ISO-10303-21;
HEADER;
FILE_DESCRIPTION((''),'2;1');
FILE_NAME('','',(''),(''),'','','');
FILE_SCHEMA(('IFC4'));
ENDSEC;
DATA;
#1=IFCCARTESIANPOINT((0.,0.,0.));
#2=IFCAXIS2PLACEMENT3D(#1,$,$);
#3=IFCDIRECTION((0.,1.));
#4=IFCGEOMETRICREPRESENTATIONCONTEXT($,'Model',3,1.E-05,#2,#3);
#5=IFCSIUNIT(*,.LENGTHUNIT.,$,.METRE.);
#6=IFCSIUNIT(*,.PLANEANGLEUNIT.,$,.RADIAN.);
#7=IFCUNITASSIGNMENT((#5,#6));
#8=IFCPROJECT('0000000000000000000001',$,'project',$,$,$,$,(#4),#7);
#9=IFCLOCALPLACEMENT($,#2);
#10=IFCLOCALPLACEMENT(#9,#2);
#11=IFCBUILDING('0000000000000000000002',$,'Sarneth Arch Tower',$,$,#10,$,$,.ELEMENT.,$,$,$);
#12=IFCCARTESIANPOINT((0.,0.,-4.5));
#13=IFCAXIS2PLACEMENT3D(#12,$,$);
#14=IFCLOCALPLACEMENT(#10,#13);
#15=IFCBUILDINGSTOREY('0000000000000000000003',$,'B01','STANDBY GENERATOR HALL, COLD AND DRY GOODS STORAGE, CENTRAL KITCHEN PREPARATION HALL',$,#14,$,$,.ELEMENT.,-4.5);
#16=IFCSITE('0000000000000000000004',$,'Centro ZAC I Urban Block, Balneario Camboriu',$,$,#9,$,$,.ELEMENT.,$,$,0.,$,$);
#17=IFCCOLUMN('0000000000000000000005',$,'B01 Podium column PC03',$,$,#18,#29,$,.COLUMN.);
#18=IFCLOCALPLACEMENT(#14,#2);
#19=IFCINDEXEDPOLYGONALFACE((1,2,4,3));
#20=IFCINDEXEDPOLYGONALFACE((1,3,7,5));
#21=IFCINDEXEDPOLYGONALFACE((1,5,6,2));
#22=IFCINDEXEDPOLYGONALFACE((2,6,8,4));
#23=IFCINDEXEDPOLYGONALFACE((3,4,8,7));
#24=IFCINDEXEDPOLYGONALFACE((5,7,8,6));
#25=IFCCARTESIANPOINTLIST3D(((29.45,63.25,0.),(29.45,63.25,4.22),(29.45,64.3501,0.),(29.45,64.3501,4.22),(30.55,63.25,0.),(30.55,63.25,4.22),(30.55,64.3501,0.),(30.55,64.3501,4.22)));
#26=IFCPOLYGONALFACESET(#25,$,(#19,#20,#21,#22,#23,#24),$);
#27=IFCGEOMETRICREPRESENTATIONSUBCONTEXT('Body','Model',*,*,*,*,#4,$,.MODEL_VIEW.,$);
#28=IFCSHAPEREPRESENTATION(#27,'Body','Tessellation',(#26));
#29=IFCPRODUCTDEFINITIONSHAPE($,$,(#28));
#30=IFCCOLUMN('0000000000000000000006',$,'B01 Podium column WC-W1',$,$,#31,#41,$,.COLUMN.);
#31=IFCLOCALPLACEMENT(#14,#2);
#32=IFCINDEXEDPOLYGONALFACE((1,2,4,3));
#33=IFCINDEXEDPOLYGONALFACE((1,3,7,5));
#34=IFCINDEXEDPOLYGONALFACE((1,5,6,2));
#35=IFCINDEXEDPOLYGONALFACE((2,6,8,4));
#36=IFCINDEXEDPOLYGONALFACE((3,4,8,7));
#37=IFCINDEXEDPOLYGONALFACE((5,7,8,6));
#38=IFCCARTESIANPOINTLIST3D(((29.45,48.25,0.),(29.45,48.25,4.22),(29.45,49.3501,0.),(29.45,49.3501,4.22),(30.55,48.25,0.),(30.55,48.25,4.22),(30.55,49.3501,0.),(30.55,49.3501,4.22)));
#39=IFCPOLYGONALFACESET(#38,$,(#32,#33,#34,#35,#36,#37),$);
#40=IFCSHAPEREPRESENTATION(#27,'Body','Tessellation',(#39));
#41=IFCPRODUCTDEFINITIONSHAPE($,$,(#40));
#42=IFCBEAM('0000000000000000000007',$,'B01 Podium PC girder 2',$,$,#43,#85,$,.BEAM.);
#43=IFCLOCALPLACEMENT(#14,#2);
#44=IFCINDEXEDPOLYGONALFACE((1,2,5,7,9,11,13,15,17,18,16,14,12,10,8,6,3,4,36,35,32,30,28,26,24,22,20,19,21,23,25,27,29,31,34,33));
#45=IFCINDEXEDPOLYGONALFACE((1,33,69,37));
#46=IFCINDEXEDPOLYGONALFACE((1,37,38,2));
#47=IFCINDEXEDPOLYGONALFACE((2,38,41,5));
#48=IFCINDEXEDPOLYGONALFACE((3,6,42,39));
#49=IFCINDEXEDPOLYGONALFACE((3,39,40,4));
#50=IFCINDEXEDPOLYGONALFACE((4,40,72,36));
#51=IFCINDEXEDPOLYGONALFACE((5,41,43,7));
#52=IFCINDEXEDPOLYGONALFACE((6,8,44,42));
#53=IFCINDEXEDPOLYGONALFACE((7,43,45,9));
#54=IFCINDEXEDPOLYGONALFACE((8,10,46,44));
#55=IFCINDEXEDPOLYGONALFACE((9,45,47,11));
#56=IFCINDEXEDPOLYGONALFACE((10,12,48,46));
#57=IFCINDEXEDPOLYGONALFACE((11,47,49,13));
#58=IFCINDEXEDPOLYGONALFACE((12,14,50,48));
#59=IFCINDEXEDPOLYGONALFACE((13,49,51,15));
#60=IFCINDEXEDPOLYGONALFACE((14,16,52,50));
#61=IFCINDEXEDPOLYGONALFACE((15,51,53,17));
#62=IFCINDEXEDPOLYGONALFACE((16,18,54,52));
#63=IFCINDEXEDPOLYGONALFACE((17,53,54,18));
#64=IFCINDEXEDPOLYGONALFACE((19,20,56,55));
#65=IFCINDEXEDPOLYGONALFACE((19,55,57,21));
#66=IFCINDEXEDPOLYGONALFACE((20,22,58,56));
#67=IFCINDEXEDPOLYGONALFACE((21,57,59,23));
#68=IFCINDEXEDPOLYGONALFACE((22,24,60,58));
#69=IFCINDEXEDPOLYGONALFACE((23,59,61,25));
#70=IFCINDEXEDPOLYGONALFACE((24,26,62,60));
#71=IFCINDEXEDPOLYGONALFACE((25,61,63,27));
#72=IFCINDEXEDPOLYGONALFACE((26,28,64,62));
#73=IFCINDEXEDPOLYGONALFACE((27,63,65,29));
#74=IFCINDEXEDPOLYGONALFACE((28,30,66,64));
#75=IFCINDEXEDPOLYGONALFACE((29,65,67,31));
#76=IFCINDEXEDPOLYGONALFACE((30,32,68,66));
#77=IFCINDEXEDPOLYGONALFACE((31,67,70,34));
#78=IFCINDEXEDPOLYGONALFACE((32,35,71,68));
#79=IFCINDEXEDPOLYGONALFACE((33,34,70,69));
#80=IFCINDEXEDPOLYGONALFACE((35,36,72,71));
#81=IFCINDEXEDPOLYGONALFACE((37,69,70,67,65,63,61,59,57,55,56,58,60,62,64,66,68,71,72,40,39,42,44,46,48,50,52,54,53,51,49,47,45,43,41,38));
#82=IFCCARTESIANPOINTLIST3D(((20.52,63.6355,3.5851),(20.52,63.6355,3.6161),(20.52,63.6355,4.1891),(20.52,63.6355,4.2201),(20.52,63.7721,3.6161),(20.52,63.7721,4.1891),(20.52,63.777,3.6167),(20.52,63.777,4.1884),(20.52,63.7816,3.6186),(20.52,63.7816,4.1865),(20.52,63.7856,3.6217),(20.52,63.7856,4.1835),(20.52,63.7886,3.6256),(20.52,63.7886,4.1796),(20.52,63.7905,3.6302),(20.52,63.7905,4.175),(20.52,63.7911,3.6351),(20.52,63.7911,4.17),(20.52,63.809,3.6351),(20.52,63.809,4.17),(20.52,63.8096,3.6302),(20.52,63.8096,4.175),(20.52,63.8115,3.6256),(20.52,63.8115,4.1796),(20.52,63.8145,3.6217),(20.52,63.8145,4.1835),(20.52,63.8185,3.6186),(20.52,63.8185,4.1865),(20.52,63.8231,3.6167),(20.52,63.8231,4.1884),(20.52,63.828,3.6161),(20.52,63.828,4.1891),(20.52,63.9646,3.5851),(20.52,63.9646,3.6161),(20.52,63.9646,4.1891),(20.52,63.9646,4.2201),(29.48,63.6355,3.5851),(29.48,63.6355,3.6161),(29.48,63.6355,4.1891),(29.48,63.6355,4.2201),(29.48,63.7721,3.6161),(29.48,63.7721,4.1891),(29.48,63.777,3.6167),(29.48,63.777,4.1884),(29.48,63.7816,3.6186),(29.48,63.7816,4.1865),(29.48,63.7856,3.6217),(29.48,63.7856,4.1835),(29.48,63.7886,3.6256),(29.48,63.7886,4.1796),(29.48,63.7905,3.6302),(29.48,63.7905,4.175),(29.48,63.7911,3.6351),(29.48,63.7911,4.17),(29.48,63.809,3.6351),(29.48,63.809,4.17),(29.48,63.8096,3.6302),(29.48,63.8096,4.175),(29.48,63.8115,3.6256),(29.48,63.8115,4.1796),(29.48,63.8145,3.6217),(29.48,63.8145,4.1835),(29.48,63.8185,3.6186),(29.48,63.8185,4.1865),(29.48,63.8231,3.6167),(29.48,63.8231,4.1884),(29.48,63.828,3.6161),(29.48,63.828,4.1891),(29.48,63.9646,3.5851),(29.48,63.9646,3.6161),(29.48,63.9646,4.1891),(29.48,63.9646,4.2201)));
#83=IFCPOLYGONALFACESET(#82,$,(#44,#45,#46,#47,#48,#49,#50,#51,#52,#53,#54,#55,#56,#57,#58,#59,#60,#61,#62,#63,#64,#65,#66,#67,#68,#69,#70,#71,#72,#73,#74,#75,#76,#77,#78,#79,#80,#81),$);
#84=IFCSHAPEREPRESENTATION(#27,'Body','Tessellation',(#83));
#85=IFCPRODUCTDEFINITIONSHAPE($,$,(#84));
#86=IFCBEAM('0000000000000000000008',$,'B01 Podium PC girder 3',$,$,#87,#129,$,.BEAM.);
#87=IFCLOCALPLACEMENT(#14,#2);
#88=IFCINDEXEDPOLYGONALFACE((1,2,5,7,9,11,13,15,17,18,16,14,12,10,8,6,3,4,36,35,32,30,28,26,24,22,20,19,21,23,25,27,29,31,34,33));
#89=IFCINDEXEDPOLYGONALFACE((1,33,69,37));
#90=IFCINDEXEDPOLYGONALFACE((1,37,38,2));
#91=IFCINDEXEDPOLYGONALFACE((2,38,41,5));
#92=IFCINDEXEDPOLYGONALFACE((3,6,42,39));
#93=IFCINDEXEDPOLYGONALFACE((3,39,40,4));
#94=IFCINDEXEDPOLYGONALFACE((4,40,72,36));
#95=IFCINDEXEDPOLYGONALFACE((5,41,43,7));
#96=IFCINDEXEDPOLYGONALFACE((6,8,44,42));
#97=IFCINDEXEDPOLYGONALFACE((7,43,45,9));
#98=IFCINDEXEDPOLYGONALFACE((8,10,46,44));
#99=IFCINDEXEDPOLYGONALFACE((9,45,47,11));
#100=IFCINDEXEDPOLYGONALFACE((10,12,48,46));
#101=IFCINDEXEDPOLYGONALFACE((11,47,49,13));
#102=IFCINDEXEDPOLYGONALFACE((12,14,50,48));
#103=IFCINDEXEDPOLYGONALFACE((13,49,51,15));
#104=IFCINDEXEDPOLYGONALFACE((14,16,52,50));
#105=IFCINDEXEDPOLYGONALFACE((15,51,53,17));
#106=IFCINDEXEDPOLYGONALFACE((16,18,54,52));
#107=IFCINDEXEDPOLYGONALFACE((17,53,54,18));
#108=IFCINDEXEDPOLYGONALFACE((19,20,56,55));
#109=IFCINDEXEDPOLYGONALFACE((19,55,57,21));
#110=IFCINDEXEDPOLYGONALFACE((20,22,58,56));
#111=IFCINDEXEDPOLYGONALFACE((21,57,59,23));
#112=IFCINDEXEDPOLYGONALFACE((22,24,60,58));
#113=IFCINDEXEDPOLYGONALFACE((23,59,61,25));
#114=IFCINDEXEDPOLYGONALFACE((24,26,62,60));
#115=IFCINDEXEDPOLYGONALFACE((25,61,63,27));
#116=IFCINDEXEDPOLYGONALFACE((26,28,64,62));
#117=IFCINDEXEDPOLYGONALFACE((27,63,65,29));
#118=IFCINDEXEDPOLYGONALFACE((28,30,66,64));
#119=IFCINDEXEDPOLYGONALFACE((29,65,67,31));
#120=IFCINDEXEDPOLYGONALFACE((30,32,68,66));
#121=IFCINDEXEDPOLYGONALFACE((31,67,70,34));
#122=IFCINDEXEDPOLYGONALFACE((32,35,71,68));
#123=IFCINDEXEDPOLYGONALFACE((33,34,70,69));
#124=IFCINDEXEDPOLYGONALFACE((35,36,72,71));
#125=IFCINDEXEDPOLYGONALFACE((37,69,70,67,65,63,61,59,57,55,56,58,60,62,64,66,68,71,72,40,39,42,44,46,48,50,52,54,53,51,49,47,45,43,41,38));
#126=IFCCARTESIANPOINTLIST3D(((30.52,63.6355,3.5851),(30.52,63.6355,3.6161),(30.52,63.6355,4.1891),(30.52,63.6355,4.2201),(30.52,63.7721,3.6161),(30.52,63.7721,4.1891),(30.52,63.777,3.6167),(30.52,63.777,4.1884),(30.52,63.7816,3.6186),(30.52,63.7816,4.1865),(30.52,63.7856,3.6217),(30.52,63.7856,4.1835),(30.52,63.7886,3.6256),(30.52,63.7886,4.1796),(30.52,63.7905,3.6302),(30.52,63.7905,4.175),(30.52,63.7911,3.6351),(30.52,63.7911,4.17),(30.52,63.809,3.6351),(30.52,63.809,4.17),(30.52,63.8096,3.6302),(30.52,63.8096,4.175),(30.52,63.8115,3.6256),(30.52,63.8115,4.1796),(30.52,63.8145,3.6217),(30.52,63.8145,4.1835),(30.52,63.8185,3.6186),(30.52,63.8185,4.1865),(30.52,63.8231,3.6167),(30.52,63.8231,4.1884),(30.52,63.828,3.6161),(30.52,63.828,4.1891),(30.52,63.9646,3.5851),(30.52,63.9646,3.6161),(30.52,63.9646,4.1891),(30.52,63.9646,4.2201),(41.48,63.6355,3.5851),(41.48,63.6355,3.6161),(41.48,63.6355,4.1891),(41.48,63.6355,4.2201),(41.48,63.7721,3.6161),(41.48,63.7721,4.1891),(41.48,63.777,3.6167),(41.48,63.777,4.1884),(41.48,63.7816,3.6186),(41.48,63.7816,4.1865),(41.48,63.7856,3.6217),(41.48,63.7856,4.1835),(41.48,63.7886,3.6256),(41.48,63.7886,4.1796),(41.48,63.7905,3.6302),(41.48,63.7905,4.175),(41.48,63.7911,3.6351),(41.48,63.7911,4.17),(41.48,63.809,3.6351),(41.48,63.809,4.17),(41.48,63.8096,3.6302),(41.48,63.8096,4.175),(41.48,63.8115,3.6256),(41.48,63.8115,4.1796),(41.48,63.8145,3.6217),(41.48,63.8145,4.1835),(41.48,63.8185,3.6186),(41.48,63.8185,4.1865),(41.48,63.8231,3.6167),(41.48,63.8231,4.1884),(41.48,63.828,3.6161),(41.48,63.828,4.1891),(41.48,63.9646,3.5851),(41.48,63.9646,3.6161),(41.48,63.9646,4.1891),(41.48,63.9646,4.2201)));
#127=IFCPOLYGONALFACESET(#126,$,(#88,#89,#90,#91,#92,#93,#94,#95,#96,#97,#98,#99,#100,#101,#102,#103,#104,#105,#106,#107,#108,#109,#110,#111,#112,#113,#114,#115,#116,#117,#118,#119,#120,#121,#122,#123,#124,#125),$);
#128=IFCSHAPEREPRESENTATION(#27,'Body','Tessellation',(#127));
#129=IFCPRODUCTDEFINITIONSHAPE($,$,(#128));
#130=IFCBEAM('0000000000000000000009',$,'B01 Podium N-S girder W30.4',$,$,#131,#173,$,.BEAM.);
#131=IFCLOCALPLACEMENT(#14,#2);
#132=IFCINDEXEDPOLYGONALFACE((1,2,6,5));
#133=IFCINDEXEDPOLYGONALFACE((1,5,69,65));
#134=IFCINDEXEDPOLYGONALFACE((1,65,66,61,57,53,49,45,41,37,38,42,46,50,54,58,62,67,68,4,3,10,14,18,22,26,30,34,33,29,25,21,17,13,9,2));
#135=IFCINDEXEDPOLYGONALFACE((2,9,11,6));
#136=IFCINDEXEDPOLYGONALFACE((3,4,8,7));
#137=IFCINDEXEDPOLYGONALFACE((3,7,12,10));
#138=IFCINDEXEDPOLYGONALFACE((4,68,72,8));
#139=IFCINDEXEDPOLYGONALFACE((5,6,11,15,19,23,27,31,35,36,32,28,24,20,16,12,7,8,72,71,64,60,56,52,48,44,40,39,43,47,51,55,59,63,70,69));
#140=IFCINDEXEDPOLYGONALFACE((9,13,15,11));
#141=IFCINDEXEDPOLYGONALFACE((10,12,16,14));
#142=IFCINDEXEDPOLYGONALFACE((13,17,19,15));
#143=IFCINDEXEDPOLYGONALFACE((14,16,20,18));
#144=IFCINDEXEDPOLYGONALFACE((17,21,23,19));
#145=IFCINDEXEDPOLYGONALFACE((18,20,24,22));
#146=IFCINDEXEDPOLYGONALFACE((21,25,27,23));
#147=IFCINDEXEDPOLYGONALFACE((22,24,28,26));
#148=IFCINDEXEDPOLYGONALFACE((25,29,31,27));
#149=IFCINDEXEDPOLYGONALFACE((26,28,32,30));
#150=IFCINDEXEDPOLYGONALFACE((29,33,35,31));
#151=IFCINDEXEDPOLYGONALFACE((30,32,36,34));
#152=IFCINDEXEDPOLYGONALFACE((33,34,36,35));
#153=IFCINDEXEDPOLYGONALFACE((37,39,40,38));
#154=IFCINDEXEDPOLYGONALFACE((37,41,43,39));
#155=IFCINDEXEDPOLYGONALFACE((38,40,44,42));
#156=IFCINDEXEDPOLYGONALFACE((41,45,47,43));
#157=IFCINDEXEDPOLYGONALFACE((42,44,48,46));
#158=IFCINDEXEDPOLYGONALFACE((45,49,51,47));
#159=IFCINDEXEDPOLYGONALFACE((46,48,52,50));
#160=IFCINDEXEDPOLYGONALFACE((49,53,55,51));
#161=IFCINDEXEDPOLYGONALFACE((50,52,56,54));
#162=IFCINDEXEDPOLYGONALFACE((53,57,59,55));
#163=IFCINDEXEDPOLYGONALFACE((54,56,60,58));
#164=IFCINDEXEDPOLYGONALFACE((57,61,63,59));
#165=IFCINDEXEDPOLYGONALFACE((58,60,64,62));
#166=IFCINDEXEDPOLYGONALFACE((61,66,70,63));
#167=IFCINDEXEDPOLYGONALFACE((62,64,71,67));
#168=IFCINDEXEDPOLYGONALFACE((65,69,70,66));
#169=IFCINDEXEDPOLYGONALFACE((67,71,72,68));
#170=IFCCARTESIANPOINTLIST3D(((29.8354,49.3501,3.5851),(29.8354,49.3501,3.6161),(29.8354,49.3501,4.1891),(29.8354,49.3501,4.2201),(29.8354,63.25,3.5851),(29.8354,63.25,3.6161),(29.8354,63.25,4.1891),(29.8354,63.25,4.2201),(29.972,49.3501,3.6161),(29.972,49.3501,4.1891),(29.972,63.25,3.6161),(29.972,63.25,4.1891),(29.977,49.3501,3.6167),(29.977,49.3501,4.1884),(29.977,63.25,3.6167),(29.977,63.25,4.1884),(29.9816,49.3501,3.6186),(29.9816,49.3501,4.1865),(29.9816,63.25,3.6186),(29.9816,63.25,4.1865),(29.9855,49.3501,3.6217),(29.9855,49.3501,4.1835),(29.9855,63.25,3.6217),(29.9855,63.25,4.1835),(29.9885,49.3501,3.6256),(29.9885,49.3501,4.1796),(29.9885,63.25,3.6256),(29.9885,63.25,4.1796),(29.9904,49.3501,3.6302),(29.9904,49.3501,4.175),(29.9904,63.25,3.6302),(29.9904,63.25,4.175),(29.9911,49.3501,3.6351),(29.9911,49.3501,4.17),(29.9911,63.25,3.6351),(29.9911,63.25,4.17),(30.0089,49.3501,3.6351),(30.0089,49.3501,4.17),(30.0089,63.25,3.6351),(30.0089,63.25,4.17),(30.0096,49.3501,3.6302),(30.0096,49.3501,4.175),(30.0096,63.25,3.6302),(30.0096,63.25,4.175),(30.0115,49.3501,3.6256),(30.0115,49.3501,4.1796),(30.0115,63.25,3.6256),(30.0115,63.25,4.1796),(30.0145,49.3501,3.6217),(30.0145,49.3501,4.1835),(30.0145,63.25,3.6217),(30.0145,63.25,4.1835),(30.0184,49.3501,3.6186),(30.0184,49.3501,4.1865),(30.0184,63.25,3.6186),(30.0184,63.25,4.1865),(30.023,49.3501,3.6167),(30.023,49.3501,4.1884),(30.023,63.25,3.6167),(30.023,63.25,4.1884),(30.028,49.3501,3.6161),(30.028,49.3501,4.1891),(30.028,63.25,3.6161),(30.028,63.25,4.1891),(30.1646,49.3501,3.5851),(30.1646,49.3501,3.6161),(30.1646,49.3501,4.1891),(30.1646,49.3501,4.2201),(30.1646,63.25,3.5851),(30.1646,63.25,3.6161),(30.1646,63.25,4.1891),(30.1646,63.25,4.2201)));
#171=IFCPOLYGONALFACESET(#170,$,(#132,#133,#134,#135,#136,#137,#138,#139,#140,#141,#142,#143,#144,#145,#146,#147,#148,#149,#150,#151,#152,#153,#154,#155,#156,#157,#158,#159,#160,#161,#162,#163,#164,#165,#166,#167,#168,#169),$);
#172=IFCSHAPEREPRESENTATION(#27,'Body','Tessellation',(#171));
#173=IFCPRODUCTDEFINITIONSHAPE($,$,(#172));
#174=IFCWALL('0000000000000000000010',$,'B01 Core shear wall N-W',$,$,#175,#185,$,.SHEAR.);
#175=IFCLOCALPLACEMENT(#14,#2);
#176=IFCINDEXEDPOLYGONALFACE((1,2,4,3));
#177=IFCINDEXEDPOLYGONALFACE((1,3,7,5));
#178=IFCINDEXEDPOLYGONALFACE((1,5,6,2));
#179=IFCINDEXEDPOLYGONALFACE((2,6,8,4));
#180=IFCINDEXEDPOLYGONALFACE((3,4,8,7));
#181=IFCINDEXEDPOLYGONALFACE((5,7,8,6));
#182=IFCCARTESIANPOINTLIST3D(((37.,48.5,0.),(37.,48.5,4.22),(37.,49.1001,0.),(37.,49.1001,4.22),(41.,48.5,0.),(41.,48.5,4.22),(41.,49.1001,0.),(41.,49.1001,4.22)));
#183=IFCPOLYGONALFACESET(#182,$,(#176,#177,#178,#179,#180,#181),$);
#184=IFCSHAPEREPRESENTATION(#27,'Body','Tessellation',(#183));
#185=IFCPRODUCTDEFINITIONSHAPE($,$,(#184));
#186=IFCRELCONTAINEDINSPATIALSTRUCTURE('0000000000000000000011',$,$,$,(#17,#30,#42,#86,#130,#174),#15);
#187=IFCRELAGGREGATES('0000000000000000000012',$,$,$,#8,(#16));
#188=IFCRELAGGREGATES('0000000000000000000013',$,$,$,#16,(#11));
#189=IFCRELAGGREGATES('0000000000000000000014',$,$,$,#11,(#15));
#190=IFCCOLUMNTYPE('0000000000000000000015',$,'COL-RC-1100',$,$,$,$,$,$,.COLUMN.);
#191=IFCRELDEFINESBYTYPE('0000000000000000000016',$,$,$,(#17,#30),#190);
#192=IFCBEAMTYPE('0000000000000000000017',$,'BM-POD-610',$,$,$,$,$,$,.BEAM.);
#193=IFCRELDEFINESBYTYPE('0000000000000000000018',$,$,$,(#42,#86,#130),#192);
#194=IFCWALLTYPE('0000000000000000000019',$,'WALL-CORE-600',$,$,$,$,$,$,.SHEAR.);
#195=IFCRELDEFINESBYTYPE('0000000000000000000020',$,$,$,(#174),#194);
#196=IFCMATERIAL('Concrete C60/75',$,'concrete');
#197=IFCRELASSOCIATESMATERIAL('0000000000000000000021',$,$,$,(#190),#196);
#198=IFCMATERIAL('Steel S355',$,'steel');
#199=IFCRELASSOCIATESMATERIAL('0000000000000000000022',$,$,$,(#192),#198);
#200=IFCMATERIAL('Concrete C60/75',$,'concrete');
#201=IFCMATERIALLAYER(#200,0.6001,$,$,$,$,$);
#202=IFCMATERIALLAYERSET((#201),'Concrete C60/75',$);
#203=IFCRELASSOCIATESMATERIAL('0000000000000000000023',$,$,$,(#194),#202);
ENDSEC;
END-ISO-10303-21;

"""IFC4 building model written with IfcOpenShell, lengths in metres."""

from ifc_helpers import new_model, si_unit, direction, frame, frame_2d, origin, origin_2d, place, context, subcontext, project, spatial, rectangle, i_section, extrude, material, layer, layer_set, material_profile, profile_set, type_object, element, save


model = new_model("IFC4")

# Units and contexts
model_context = context("Model", 3, precision=1e-05, world=origin(), true_north=direction((0.0, 1.0)))
body_context = subcontext(model_context, "Body", "Model", "MODEL_VIEW")
ifc_project = project(units=[si_unit("LENGTHUNIT", "METRE"), si_unit("PLANEANGLEUNIT", "RADIAN")], contexts=[model_context])

# Site, building, storey
site_placement = place(None, origin())
site = spatial("IfcSite", under=ifc_project, at=site_placement, Name="Centro ZAC I Urban Block, Balneario Camboriu", CompositionType="ELEMENT", RefElevation=0.0)
building_placement = place(site_placement, origin())
building = spatial("IfcBuilding", under=site, at=building_placement, Name="Sarneth Arch Tower", CompositionType="ELEMENT")
storey_placement = place(building_placement, frame((0.0, 0.0, -4.5)))
storey = spatial("IfcBuildingStorey", under=building, at=storey_placement, Name="B01", Description="STANDBY GENERATOR HALL, COLD AND DRY GOODS STORAGE, CENTRAL KITCHEN PREPARATION HALL", CompositionType="ELEMENT", Elevation=-4.5)

# Columns
ifc_material_1 = material(Name="Concrete C60/75", Category="concrete")
ifc_material_profile_1 = material_profile(ifc_material_1, rectangle(XDim=1.1001, YDim=1.1001, at=origin_2d()), Name="RC-1100x1100")
ifc_profile_set_1 = profile_set([ifc_material_profile_1], Name="Concrete C60/75")
column_type = type_object("IfcColumnType", Name="COL-RC-1100", PredefinedType="COLUMN", material=ifc_profile_set_1)
for number, where, z_axis, x_axis, name in (
    (1, (30.0, 63.8, 0.0), (0.0, 0.0, 1.0), (1.0, 0.0, 0.0), "B01 Podium column PC03"),
    (2, (30.0, 48.8, 0.0), (0.0, 0.0, 1.0), (1.0, 0.0, 0.0), "B01 Podium column WC-W1"),
):
    element("IfcColumn", number, at=place(storey_placement, frame(where, z_axis=z_axis, x_axis=x_axis)), inside=storey, type_object=column_type, Name=name, PredefinedType="COLUMN", context=body_context, shape_type="SweptSolid", body=[
        extrude(rectangle(XDim=1.1001, YDim=1.1001, at=origin_2d()), origin(), (0.0, 0.0, 1.0), 4.22),
    ])

# Beams
ifc_material_2 = material(Name="Steel S355", Category="steel")
ifc_material_profile_2 = material_profile(ifc_material_2, i_section(OverallWidth=0.3291, OverallDepth=0.635, WebThickness=0.0178, FlangeThickness=0.031, FilletRadius=0.019, at=origin_2d()), Name="W610x241")
ifc_profile_set_2 = profile_set([ifc_material_profile_2], Name="Steel S355")
beam_type = type_object("IfcBeamType", Name="BM-POD-610", PredefinedType="BEAM", material=ifc_profile_set_2)
beam_1_placement = place(storey_placement, frame((20.52, 63.8, 3.9026), z_axis=(1.0, 0.0, 0.0), x_axis=(0.0, 1.0, 0.0)))
element("IfcBeam", 3, at=beam_1_placement, inside=storey, type_object=beam_type, Name="B01 Podium PC girder 2", PredefinedType="BEAM", context=body_context, shape_type="SweptSolid", body=[
    extrude(i_section(OverallWidth=0.3291, OverallDepth=0.635, WebThickness=0.0178, FlangeThickness=0.031, FilletRadius=0.019, at=origin_2d()), origin(), (0.0, 0.0, 1.0), 8.96),
])
beam_2_placement = place(storey_placement, frame((30.52, 63.8, 3.9026), z_axis=(1.0, 0.0, 0.0), x_axis=(0.0, 1.0, 0.0)))
element("IfcBeam", 4, at=beam_2_placement, inside=storey, type_object=beam_type, Name="B01 Podium PC girder 3", PredefinedType="BEAM", context=body_context, shape_type="SweptSolid", body=[
    extrude(i_section(OverallWidth=0.3291, OverallDepth=0.635, WebThickness=0.0178, FlangeThickness=0.031, FilletRadius=0.019, at=origin_2d()), origin(), (0.0, 0.0, 1.0), 10.96),
])
beam_3_placement = place(storey_placement, frame((30.0, 49.3501, 3.9026), z_axis=(0.0, 1.0, 0.0), x_axis=(-1.0, 0.0, 0.0)))
element("IfcBeam", 5, at=beam_3_placement, inside=storey, type_object=beam_type, Name="B01 Podium N-S girder W30.4", PredefinedType="BEAM", context=body_context, shape_type="SweptSolid", body=[
    extrude(i_section(OverallWidth=0.3291, OverallDepth=0.635, WebThickness=0.0178, FlangeThickness=0.031, FilletRadius=0.019, at=origin_2d()), origin(), (0.0, 0.0, 1.0), 13.8999),
])

# Wall
ifc_material_3 = material(Name="Concrete C60/75", Category="concrete")
ifc_layer_1 = layer(ifc_material_3, 0.6001)
ifc_layer_set_1 = layer_set([ifc_layer_1], Name="Concrete C60/75")
wall_type_1 = type_object("IfcWallType", Name="WALL-CORE-600", PredefinedType="SHEAR", material=ifc_layer_set_1)
wall_1_placement = place(storey_placement, frame((37.0, 48.8, 0.0), z_axis=(0.0, 0.0, 1.0), x_axis=(1.0, 0.0, 0.0)))
element("IfcWall", 6, at=wall_1_placement, inside=storey, type_object=wall_type_1, Name="B01 Core shear wall N-W", PredefinedType="SHEAR", context=body_context, shape_type="SweptSolid", body=[
    extrude(rectangle(XDim=4.0, YDim=0.6001, at=frame_2d((2.0, 0.0))), origin(), (0.0, 0.0, 1.0), 4.22),
])

save(model, "model.ifc")
